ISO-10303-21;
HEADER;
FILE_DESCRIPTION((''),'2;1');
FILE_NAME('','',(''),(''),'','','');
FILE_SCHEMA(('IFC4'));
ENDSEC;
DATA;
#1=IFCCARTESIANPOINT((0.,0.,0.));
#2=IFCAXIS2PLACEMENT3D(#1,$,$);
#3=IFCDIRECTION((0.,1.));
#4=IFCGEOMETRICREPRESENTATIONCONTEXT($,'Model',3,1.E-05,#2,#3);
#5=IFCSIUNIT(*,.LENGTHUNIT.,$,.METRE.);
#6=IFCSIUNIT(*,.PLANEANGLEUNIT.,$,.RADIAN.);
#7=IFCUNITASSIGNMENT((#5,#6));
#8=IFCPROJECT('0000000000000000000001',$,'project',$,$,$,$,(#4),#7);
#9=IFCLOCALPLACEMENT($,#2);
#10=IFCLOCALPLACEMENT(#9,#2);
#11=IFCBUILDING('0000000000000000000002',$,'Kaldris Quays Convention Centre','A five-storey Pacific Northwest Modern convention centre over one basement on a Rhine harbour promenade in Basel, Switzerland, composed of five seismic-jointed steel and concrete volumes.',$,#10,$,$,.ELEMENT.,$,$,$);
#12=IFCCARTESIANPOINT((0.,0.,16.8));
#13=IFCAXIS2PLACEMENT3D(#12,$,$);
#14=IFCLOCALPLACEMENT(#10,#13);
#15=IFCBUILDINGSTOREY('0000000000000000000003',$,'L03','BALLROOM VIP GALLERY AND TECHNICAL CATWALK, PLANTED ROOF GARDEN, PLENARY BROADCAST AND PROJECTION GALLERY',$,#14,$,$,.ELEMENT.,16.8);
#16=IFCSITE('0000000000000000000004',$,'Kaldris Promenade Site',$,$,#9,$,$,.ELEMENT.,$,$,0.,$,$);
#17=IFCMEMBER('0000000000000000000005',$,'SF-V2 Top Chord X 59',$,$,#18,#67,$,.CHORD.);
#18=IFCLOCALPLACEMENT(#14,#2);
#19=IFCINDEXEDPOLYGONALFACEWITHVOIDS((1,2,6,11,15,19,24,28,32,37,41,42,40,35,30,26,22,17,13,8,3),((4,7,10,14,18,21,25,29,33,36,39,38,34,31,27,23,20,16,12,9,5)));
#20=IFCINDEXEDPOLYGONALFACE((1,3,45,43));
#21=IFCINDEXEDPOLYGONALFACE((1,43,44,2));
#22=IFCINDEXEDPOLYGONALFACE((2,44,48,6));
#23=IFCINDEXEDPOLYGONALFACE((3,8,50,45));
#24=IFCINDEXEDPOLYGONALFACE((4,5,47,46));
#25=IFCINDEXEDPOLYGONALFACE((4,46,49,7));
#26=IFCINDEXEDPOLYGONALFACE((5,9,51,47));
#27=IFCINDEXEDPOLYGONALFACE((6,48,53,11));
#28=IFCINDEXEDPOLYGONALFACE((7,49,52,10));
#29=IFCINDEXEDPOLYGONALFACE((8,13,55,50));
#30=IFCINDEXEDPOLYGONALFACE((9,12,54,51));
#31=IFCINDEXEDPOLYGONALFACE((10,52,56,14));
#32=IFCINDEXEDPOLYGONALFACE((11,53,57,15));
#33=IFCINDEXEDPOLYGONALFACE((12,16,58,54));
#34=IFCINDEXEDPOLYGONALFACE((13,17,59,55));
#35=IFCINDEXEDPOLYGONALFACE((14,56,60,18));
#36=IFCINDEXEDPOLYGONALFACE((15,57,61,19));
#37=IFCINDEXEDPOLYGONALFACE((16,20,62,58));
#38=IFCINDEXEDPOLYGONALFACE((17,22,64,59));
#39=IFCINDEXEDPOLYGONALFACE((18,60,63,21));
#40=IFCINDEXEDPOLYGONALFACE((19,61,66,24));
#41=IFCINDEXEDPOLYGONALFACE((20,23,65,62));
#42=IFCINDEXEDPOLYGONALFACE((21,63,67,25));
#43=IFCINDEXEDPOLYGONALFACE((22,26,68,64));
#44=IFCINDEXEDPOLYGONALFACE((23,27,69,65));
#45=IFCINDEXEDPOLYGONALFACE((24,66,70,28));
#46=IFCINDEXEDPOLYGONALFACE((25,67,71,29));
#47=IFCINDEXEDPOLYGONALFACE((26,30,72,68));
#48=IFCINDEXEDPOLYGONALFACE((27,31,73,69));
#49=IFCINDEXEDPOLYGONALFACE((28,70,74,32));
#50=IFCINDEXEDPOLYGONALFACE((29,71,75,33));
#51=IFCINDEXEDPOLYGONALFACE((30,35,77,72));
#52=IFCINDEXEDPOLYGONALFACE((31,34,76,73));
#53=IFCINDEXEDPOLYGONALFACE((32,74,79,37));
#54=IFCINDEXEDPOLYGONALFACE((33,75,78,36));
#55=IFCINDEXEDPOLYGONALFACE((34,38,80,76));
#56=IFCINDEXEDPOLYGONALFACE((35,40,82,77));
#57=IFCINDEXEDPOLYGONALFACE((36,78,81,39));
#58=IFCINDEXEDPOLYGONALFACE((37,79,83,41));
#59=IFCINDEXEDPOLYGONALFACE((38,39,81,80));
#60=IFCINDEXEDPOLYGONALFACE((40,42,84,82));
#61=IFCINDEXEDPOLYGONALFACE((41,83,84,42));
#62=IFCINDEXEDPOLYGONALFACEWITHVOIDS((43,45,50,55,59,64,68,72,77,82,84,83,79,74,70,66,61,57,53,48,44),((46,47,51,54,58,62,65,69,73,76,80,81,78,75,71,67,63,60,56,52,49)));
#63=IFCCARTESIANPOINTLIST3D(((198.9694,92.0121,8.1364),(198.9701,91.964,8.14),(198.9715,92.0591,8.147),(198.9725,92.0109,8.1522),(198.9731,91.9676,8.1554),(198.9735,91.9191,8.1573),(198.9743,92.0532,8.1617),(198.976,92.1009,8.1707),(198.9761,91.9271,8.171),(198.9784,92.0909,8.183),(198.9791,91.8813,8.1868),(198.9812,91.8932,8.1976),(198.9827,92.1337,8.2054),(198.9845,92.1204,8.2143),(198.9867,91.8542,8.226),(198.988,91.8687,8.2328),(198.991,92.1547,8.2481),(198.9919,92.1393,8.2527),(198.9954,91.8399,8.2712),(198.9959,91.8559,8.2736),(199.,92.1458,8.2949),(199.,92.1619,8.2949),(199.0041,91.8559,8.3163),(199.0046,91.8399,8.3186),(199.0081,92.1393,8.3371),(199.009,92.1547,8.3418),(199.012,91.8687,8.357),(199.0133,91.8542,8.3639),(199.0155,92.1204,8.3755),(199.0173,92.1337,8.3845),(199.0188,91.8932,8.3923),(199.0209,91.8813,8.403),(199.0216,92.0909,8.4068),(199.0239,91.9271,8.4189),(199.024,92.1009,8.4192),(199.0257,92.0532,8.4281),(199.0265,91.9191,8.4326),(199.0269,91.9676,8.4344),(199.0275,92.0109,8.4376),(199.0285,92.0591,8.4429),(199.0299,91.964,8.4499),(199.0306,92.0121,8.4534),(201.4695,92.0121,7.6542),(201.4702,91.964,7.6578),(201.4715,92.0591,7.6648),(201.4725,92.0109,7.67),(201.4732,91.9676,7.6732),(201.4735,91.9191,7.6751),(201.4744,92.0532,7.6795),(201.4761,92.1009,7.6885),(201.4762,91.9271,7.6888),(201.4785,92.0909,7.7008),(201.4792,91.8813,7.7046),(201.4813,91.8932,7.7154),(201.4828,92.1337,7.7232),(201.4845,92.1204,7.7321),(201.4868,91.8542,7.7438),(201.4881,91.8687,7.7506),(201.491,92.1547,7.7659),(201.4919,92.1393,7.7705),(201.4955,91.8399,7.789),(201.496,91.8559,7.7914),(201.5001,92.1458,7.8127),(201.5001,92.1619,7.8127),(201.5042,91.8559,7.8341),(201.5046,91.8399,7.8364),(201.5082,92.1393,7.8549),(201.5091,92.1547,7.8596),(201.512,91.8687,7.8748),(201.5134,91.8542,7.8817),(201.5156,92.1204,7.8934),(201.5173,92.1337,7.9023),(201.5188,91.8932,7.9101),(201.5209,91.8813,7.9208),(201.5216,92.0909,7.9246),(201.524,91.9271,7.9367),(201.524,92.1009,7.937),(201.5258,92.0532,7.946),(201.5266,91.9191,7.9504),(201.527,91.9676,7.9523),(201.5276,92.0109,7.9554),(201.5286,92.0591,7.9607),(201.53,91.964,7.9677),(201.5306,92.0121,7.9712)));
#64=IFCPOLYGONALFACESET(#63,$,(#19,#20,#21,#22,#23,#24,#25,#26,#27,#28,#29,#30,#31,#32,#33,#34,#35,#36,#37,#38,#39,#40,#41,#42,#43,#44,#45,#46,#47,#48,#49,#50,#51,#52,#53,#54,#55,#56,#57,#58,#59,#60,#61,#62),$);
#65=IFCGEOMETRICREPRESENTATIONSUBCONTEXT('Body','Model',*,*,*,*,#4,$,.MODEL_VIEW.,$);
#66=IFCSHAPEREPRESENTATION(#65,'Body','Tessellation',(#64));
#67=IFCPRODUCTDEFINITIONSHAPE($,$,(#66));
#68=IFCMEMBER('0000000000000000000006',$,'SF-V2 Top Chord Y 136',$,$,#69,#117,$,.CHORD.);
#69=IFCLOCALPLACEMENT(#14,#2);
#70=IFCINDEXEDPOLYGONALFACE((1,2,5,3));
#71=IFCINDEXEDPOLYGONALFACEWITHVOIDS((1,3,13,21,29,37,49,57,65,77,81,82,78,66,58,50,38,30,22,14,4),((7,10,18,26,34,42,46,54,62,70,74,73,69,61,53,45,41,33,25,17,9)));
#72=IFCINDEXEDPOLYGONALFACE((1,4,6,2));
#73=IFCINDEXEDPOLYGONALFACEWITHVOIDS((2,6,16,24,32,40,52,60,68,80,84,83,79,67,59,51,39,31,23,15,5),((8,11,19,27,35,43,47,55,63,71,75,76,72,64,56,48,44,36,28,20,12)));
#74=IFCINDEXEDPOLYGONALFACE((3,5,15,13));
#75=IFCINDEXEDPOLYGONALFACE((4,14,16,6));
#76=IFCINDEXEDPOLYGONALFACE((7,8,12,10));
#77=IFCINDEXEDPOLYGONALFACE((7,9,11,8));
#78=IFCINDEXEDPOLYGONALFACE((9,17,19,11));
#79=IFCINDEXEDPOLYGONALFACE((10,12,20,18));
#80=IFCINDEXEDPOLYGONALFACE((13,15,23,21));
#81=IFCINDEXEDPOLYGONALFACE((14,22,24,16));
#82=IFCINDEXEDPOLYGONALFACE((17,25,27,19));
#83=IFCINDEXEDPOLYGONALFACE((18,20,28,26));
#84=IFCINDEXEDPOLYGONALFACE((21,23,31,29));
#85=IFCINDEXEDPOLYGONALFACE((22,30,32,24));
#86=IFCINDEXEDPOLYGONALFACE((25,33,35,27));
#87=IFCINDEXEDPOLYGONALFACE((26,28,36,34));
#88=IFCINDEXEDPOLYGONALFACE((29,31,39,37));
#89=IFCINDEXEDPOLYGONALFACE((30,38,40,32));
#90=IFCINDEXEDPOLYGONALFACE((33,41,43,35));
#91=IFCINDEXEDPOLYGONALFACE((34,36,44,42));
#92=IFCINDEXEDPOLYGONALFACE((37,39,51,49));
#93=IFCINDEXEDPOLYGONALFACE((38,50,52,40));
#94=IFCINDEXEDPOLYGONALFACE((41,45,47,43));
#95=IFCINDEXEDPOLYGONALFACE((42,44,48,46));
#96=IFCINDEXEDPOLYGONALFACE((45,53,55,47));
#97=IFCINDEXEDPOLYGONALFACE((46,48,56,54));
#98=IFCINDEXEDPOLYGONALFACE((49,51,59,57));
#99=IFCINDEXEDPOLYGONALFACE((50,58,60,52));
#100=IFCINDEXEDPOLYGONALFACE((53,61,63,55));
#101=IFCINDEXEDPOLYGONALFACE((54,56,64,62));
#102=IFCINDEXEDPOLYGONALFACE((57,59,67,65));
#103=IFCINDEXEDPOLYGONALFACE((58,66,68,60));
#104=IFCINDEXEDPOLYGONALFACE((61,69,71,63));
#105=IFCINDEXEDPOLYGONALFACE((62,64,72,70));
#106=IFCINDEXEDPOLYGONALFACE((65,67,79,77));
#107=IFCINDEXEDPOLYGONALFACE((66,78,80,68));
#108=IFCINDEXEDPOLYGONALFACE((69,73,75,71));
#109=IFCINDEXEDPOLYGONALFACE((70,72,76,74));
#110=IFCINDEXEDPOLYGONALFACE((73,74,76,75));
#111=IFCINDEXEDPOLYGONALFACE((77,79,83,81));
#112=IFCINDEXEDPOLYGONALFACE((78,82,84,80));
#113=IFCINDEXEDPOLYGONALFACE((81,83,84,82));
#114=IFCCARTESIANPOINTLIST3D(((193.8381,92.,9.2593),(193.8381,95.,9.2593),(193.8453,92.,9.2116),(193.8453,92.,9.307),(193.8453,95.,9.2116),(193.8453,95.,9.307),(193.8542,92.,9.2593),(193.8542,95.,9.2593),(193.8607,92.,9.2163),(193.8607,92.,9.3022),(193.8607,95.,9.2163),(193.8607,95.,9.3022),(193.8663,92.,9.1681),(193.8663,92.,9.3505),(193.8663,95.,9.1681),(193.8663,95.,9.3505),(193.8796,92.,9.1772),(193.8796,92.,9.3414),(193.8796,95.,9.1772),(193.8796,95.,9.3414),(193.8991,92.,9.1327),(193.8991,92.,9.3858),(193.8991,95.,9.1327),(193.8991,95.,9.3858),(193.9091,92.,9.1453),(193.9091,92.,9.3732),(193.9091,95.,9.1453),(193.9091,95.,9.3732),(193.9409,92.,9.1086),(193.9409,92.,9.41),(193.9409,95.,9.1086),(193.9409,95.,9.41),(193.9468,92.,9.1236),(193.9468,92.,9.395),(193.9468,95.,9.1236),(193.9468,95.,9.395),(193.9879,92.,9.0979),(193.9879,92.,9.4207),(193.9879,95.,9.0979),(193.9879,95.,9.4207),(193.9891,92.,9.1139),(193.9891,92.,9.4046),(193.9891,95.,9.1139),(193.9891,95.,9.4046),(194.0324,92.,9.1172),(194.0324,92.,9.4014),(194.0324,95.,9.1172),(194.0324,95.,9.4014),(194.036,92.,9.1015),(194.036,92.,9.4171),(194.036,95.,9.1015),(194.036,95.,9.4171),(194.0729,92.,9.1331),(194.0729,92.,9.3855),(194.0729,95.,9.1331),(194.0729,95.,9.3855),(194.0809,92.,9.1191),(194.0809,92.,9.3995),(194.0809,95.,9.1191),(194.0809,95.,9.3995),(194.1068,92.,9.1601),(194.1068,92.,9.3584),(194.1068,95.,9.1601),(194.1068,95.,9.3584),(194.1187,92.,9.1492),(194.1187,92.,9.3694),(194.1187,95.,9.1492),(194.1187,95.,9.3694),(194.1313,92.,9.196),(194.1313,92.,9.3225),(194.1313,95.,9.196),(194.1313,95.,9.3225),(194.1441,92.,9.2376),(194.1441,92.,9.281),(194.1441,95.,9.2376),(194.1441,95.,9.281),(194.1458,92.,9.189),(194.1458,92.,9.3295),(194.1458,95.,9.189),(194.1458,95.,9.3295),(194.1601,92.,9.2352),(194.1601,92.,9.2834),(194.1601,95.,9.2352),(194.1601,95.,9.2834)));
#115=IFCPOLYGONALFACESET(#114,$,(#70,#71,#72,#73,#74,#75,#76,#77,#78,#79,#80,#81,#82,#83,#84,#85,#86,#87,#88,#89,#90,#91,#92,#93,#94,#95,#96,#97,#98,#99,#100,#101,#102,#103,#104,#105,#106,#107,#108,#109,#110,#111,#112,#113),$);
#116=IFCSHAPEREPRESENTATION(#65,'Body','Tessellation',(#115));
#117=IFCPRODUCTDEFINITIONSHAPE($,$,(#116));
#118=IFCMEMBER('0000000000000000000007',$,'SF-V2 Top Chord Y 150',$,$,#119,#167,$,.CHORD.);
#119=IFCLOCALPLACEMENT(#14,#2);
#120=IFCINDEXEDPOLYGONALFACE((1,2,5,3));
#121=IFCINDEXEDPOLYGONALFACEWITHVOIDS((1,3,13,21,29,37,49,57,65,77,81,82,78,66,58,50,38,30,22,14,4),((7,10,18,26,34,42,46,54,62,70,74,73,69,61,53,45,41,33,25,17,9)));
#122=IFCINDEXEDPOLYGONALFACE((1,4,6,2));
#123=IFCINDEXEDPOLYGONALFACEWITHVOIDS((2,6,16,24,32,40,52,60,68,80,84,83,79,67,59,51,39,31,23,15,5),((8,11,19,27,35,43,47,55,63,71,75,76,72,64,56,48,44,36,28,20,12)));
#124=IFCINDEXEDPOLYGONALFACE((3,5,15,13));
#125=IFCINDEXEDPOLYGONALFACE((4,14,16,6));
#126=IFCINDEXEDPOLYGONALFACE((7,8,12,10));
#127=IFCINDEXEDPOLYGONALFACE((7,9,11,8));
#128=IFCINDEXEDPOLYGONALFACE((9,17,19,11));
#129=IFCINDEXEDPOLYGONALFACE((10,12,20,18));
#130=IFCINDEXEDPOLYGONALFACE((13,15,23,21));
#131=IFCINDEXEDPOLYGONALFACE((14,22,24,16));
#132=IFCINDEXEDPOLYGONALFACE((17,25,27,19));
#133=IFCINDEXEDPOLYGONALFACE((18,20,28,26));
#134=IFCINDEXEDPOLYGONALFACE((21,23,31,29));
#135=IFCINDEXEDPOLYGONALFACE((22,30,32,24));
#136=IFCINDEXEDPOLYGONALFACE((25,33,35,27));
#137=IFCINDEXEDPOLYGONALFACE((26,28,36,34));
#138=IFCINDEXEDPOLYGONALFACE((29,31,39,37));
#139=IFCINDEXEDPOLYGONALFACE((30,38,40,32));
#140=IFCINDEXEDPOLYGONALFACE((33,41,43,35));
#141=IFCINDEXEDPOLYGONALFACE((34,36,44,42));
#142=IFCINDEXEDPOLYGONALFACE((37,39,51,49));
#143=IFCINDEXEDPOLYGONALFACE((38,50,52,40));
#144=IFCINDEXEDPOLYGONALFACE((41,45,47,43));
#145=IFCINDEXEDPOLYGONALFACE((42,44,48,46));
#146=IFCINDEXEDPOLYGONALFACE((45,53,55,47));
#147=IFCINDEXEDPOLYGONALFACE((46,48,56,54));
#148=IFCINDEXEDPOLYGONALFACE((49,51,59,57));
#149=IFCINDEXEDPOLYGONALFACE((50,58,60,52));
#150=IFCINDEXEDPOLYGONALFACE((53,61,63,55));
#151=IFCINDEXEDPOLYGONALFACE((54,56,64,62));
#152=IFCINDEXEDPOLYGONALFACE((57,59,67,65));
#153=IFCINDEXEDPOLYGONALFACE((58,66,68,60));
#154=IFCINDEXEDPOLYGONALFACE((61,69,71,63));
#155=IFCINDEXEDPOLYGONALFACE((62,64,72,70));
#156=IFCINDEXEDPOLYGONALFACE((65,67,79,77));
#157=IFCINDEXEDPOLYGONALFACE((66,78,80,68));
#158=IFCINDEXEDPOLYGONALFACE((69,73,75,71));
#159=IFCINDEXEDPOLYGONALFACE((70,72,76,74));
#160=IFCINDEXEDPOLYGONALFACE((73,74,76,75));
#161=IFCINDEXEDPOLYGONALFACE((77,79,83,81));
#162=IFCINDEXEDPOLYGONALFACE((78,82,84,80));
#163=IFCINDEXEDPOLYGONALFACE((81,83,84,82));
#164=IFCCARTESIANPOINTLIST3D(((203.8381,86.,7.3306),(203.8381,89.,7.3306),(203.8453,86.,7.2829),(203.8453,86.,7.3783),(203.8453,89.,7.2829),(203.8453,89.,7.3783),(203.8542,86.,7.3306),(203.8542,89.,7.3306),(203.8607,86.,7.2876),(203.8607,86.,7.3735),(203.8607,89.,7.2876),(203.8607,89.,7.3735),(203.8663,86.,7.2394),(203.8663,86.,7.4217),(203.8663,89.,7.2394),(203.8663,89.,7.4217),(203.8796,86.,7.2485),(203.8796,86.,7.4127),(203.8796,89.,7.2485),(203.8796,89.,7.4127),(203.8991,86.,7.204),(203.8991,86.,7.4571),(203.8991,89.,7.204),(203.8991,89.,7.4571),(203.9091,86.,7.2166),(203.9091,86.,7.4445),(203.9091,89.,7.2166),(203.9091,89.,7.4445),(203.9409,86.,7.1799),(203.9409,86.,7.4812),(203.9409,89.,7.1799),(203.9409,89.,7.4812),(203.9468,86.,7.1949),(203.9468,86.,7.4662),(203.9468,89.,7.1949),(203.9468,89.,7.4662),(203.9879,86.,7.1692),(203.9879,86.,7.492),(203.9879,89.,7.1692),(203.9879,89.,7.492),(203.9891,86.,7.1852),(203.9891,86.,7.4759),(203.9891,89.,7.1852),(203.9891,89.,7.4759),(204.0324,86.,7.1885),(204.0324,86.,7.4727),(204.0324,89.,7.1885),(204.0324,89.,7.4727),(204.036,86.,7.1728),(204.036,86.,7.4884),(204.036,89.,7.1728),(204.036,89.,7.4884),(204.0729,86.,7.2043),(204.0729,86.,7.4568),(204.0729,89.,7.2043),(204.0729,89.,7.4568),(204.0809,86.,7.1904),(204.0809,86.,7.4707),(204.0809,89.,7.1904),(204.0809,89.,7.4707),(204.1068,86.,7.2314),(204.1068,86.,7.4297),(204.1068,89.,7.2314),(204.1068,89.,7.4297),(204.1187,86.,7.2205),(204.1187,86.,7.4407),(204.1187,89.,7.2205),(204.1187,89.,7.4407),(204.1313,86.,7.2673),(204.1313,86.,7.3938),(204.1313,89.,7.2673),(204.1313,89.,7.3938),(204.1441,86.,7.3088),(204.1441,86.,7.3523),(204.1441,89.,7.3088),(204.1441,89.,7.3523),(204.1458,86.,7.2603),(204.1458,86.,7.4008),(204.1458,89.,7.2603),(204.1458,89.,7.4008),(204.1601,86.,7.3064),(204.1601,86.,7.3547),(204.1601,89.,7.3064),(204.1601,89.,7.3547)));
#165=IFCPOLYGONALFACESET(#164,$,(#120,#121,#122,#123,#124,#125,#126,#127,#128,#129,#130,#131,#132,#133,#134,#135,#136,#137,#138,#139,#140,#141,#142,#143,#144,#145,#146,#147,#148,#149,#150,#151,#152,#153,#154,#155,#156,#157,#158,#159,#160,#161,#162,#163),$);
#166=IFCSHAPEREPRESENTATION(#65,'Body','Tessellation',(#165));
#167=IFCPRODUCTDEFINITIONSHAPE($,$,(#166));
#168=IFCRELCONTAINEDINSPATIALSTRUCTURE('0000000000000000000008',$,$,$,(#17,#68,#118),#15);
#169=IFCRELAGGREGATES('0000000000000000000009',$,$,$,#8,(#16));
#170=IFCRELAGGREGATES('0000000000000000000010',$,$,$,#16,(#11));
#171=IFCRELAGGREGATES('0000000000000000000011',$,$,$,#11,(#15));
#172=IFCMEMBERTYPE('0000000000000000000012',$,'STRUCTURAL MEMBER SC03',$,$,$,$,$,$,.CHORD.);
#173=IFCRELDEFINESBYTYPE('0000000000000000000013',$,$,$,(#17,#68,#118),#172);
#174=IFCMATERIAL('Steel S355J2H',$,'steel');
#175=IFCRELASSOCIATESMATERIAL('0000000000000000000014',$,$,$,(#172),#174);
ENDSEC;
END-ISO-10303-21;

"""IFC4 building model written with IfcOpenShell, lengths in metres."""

from ifc_helpers import new_model, si_unit, direction, frame, origin, origin_2d, place, context, subcontext, project, spatial, hollow_circle, extrude, material, material_profile, profile_set, type_object, element, save


model = new_model("IFC4")

# Units and contexts
model_context = context("Model", 3, precision=1e-05, world=origin(), true_north=direction((0.0, 1.0)))
body_context = subcontext(model_context, "Body", "Model", "MODEL_VIEW")
ifc_project = project(units=[si_unit("LENGTHUNIT", "METRE"), si_unit("PLANEANGLEUNIT", "RADIAN")], contexts=[model_context])

# Site, building, storey
site_placement = place(None, origin())
site = spatial("IfcSite", under=ifc_project, at=site_placement, Name="Kaldris Promenade Site", CompositionType="ELEMENT", RefElevation=0.0)
building_placement = place(site_placement, origin())
building = spatial("IfcBuilding", under=site, at=building_placement, Name="Kaldris Quays Convention Centre", Description="A five-storey Pacific Northwest Modern convention centre over one basement on a Rhine harbour promenade in Basel, Switzerland, composed of five seismic-jointed steel and concrete volumes.", CompositionType="ELEMENT")
storey_placement = place(building_placement, frame((0.0, 0.0, 16.8)))
storey = spatial("IfcBuildingStorey", under=building, at=storey_placement, Name="L03", Description="BALLROOM VIP GALLERY AND TECHNICAL CATWALK, PLANTED ROOF GARDEN, PLENARY BROADCAST AND PROJECTION GALLERY", CompositionType="ELEMENT", Elevation=16.8)

# Members
ifc_material_1 = material(Name="Steel S355J2H", Category="steel")
ifc_material_profile_1 = material_profile(ifc_material_1, hollow_circle(Radius=0.1619, WallThickness=0.0161, at=origin_2d()), Name="CHS 323.9x16")
ifc_profile_set_1 = profile_set([ifc_material_profile_1], Name="Steel S355J2H")
member_type_1 = type_object("IfcMemberType", Name="STRUCTURAL MEMBER SC03", PredefinedType="CHORD", material=ifc_profile_set_1)
for number, where, z_axis, x_axis, name in (
    (1, (199.0, 92.0, 8.2949), (0.981904, 0.0, -0.189381), (0.0, 1.0, 0.0), "SF-V2 Top Chord X 59"),
):
    element("IfcMember", number, at=place(storey_placement, frame(where, z_axis=z_axis, x_axis=x_axis)), inside=storey, type_object=member_type_1, Name=name, PredefinedType="CHORD", context=body_context, shape_type="SweptSolid", body=[
        extrude(hollow_circle(Radius=0.1619, WallThickness=0.0161, at=origin_2d()), origin(), (0.0, 0.0, 1.0), 2.5461),
    ])
for number, where, z_axis, x_axis, name in (
    (2, (194.0, 92.0, 9.2593), (0.0, 1.0, 0.0), (-1.0, 0.0, 0.0), "SF-V2 Top Chord Y 136"),
    (3, (204.0, 86.0, 7.3306), (0.0, 1.0, 0.0), (-1.0, 0.0, 0.0), "SF-V2 Top Chord Y 150"),
):
    element("IfcMember", number, at=place(storey_placement, frame(where, z_axis=z_axis, x_axis=x_axis)), inside=storey, type_object=member_type_1, Name=name, PredefinedType="CHORD", context=body_context, shape_type="SweptSolid", body=[
        extrude(hollow_circle(Radius=0.1619, WallThickness=0.0161, at=origin_2d()), origin(), (0.0, 0.0, 1.0), 3.0),
    ])

save(model, "model.ifc")
